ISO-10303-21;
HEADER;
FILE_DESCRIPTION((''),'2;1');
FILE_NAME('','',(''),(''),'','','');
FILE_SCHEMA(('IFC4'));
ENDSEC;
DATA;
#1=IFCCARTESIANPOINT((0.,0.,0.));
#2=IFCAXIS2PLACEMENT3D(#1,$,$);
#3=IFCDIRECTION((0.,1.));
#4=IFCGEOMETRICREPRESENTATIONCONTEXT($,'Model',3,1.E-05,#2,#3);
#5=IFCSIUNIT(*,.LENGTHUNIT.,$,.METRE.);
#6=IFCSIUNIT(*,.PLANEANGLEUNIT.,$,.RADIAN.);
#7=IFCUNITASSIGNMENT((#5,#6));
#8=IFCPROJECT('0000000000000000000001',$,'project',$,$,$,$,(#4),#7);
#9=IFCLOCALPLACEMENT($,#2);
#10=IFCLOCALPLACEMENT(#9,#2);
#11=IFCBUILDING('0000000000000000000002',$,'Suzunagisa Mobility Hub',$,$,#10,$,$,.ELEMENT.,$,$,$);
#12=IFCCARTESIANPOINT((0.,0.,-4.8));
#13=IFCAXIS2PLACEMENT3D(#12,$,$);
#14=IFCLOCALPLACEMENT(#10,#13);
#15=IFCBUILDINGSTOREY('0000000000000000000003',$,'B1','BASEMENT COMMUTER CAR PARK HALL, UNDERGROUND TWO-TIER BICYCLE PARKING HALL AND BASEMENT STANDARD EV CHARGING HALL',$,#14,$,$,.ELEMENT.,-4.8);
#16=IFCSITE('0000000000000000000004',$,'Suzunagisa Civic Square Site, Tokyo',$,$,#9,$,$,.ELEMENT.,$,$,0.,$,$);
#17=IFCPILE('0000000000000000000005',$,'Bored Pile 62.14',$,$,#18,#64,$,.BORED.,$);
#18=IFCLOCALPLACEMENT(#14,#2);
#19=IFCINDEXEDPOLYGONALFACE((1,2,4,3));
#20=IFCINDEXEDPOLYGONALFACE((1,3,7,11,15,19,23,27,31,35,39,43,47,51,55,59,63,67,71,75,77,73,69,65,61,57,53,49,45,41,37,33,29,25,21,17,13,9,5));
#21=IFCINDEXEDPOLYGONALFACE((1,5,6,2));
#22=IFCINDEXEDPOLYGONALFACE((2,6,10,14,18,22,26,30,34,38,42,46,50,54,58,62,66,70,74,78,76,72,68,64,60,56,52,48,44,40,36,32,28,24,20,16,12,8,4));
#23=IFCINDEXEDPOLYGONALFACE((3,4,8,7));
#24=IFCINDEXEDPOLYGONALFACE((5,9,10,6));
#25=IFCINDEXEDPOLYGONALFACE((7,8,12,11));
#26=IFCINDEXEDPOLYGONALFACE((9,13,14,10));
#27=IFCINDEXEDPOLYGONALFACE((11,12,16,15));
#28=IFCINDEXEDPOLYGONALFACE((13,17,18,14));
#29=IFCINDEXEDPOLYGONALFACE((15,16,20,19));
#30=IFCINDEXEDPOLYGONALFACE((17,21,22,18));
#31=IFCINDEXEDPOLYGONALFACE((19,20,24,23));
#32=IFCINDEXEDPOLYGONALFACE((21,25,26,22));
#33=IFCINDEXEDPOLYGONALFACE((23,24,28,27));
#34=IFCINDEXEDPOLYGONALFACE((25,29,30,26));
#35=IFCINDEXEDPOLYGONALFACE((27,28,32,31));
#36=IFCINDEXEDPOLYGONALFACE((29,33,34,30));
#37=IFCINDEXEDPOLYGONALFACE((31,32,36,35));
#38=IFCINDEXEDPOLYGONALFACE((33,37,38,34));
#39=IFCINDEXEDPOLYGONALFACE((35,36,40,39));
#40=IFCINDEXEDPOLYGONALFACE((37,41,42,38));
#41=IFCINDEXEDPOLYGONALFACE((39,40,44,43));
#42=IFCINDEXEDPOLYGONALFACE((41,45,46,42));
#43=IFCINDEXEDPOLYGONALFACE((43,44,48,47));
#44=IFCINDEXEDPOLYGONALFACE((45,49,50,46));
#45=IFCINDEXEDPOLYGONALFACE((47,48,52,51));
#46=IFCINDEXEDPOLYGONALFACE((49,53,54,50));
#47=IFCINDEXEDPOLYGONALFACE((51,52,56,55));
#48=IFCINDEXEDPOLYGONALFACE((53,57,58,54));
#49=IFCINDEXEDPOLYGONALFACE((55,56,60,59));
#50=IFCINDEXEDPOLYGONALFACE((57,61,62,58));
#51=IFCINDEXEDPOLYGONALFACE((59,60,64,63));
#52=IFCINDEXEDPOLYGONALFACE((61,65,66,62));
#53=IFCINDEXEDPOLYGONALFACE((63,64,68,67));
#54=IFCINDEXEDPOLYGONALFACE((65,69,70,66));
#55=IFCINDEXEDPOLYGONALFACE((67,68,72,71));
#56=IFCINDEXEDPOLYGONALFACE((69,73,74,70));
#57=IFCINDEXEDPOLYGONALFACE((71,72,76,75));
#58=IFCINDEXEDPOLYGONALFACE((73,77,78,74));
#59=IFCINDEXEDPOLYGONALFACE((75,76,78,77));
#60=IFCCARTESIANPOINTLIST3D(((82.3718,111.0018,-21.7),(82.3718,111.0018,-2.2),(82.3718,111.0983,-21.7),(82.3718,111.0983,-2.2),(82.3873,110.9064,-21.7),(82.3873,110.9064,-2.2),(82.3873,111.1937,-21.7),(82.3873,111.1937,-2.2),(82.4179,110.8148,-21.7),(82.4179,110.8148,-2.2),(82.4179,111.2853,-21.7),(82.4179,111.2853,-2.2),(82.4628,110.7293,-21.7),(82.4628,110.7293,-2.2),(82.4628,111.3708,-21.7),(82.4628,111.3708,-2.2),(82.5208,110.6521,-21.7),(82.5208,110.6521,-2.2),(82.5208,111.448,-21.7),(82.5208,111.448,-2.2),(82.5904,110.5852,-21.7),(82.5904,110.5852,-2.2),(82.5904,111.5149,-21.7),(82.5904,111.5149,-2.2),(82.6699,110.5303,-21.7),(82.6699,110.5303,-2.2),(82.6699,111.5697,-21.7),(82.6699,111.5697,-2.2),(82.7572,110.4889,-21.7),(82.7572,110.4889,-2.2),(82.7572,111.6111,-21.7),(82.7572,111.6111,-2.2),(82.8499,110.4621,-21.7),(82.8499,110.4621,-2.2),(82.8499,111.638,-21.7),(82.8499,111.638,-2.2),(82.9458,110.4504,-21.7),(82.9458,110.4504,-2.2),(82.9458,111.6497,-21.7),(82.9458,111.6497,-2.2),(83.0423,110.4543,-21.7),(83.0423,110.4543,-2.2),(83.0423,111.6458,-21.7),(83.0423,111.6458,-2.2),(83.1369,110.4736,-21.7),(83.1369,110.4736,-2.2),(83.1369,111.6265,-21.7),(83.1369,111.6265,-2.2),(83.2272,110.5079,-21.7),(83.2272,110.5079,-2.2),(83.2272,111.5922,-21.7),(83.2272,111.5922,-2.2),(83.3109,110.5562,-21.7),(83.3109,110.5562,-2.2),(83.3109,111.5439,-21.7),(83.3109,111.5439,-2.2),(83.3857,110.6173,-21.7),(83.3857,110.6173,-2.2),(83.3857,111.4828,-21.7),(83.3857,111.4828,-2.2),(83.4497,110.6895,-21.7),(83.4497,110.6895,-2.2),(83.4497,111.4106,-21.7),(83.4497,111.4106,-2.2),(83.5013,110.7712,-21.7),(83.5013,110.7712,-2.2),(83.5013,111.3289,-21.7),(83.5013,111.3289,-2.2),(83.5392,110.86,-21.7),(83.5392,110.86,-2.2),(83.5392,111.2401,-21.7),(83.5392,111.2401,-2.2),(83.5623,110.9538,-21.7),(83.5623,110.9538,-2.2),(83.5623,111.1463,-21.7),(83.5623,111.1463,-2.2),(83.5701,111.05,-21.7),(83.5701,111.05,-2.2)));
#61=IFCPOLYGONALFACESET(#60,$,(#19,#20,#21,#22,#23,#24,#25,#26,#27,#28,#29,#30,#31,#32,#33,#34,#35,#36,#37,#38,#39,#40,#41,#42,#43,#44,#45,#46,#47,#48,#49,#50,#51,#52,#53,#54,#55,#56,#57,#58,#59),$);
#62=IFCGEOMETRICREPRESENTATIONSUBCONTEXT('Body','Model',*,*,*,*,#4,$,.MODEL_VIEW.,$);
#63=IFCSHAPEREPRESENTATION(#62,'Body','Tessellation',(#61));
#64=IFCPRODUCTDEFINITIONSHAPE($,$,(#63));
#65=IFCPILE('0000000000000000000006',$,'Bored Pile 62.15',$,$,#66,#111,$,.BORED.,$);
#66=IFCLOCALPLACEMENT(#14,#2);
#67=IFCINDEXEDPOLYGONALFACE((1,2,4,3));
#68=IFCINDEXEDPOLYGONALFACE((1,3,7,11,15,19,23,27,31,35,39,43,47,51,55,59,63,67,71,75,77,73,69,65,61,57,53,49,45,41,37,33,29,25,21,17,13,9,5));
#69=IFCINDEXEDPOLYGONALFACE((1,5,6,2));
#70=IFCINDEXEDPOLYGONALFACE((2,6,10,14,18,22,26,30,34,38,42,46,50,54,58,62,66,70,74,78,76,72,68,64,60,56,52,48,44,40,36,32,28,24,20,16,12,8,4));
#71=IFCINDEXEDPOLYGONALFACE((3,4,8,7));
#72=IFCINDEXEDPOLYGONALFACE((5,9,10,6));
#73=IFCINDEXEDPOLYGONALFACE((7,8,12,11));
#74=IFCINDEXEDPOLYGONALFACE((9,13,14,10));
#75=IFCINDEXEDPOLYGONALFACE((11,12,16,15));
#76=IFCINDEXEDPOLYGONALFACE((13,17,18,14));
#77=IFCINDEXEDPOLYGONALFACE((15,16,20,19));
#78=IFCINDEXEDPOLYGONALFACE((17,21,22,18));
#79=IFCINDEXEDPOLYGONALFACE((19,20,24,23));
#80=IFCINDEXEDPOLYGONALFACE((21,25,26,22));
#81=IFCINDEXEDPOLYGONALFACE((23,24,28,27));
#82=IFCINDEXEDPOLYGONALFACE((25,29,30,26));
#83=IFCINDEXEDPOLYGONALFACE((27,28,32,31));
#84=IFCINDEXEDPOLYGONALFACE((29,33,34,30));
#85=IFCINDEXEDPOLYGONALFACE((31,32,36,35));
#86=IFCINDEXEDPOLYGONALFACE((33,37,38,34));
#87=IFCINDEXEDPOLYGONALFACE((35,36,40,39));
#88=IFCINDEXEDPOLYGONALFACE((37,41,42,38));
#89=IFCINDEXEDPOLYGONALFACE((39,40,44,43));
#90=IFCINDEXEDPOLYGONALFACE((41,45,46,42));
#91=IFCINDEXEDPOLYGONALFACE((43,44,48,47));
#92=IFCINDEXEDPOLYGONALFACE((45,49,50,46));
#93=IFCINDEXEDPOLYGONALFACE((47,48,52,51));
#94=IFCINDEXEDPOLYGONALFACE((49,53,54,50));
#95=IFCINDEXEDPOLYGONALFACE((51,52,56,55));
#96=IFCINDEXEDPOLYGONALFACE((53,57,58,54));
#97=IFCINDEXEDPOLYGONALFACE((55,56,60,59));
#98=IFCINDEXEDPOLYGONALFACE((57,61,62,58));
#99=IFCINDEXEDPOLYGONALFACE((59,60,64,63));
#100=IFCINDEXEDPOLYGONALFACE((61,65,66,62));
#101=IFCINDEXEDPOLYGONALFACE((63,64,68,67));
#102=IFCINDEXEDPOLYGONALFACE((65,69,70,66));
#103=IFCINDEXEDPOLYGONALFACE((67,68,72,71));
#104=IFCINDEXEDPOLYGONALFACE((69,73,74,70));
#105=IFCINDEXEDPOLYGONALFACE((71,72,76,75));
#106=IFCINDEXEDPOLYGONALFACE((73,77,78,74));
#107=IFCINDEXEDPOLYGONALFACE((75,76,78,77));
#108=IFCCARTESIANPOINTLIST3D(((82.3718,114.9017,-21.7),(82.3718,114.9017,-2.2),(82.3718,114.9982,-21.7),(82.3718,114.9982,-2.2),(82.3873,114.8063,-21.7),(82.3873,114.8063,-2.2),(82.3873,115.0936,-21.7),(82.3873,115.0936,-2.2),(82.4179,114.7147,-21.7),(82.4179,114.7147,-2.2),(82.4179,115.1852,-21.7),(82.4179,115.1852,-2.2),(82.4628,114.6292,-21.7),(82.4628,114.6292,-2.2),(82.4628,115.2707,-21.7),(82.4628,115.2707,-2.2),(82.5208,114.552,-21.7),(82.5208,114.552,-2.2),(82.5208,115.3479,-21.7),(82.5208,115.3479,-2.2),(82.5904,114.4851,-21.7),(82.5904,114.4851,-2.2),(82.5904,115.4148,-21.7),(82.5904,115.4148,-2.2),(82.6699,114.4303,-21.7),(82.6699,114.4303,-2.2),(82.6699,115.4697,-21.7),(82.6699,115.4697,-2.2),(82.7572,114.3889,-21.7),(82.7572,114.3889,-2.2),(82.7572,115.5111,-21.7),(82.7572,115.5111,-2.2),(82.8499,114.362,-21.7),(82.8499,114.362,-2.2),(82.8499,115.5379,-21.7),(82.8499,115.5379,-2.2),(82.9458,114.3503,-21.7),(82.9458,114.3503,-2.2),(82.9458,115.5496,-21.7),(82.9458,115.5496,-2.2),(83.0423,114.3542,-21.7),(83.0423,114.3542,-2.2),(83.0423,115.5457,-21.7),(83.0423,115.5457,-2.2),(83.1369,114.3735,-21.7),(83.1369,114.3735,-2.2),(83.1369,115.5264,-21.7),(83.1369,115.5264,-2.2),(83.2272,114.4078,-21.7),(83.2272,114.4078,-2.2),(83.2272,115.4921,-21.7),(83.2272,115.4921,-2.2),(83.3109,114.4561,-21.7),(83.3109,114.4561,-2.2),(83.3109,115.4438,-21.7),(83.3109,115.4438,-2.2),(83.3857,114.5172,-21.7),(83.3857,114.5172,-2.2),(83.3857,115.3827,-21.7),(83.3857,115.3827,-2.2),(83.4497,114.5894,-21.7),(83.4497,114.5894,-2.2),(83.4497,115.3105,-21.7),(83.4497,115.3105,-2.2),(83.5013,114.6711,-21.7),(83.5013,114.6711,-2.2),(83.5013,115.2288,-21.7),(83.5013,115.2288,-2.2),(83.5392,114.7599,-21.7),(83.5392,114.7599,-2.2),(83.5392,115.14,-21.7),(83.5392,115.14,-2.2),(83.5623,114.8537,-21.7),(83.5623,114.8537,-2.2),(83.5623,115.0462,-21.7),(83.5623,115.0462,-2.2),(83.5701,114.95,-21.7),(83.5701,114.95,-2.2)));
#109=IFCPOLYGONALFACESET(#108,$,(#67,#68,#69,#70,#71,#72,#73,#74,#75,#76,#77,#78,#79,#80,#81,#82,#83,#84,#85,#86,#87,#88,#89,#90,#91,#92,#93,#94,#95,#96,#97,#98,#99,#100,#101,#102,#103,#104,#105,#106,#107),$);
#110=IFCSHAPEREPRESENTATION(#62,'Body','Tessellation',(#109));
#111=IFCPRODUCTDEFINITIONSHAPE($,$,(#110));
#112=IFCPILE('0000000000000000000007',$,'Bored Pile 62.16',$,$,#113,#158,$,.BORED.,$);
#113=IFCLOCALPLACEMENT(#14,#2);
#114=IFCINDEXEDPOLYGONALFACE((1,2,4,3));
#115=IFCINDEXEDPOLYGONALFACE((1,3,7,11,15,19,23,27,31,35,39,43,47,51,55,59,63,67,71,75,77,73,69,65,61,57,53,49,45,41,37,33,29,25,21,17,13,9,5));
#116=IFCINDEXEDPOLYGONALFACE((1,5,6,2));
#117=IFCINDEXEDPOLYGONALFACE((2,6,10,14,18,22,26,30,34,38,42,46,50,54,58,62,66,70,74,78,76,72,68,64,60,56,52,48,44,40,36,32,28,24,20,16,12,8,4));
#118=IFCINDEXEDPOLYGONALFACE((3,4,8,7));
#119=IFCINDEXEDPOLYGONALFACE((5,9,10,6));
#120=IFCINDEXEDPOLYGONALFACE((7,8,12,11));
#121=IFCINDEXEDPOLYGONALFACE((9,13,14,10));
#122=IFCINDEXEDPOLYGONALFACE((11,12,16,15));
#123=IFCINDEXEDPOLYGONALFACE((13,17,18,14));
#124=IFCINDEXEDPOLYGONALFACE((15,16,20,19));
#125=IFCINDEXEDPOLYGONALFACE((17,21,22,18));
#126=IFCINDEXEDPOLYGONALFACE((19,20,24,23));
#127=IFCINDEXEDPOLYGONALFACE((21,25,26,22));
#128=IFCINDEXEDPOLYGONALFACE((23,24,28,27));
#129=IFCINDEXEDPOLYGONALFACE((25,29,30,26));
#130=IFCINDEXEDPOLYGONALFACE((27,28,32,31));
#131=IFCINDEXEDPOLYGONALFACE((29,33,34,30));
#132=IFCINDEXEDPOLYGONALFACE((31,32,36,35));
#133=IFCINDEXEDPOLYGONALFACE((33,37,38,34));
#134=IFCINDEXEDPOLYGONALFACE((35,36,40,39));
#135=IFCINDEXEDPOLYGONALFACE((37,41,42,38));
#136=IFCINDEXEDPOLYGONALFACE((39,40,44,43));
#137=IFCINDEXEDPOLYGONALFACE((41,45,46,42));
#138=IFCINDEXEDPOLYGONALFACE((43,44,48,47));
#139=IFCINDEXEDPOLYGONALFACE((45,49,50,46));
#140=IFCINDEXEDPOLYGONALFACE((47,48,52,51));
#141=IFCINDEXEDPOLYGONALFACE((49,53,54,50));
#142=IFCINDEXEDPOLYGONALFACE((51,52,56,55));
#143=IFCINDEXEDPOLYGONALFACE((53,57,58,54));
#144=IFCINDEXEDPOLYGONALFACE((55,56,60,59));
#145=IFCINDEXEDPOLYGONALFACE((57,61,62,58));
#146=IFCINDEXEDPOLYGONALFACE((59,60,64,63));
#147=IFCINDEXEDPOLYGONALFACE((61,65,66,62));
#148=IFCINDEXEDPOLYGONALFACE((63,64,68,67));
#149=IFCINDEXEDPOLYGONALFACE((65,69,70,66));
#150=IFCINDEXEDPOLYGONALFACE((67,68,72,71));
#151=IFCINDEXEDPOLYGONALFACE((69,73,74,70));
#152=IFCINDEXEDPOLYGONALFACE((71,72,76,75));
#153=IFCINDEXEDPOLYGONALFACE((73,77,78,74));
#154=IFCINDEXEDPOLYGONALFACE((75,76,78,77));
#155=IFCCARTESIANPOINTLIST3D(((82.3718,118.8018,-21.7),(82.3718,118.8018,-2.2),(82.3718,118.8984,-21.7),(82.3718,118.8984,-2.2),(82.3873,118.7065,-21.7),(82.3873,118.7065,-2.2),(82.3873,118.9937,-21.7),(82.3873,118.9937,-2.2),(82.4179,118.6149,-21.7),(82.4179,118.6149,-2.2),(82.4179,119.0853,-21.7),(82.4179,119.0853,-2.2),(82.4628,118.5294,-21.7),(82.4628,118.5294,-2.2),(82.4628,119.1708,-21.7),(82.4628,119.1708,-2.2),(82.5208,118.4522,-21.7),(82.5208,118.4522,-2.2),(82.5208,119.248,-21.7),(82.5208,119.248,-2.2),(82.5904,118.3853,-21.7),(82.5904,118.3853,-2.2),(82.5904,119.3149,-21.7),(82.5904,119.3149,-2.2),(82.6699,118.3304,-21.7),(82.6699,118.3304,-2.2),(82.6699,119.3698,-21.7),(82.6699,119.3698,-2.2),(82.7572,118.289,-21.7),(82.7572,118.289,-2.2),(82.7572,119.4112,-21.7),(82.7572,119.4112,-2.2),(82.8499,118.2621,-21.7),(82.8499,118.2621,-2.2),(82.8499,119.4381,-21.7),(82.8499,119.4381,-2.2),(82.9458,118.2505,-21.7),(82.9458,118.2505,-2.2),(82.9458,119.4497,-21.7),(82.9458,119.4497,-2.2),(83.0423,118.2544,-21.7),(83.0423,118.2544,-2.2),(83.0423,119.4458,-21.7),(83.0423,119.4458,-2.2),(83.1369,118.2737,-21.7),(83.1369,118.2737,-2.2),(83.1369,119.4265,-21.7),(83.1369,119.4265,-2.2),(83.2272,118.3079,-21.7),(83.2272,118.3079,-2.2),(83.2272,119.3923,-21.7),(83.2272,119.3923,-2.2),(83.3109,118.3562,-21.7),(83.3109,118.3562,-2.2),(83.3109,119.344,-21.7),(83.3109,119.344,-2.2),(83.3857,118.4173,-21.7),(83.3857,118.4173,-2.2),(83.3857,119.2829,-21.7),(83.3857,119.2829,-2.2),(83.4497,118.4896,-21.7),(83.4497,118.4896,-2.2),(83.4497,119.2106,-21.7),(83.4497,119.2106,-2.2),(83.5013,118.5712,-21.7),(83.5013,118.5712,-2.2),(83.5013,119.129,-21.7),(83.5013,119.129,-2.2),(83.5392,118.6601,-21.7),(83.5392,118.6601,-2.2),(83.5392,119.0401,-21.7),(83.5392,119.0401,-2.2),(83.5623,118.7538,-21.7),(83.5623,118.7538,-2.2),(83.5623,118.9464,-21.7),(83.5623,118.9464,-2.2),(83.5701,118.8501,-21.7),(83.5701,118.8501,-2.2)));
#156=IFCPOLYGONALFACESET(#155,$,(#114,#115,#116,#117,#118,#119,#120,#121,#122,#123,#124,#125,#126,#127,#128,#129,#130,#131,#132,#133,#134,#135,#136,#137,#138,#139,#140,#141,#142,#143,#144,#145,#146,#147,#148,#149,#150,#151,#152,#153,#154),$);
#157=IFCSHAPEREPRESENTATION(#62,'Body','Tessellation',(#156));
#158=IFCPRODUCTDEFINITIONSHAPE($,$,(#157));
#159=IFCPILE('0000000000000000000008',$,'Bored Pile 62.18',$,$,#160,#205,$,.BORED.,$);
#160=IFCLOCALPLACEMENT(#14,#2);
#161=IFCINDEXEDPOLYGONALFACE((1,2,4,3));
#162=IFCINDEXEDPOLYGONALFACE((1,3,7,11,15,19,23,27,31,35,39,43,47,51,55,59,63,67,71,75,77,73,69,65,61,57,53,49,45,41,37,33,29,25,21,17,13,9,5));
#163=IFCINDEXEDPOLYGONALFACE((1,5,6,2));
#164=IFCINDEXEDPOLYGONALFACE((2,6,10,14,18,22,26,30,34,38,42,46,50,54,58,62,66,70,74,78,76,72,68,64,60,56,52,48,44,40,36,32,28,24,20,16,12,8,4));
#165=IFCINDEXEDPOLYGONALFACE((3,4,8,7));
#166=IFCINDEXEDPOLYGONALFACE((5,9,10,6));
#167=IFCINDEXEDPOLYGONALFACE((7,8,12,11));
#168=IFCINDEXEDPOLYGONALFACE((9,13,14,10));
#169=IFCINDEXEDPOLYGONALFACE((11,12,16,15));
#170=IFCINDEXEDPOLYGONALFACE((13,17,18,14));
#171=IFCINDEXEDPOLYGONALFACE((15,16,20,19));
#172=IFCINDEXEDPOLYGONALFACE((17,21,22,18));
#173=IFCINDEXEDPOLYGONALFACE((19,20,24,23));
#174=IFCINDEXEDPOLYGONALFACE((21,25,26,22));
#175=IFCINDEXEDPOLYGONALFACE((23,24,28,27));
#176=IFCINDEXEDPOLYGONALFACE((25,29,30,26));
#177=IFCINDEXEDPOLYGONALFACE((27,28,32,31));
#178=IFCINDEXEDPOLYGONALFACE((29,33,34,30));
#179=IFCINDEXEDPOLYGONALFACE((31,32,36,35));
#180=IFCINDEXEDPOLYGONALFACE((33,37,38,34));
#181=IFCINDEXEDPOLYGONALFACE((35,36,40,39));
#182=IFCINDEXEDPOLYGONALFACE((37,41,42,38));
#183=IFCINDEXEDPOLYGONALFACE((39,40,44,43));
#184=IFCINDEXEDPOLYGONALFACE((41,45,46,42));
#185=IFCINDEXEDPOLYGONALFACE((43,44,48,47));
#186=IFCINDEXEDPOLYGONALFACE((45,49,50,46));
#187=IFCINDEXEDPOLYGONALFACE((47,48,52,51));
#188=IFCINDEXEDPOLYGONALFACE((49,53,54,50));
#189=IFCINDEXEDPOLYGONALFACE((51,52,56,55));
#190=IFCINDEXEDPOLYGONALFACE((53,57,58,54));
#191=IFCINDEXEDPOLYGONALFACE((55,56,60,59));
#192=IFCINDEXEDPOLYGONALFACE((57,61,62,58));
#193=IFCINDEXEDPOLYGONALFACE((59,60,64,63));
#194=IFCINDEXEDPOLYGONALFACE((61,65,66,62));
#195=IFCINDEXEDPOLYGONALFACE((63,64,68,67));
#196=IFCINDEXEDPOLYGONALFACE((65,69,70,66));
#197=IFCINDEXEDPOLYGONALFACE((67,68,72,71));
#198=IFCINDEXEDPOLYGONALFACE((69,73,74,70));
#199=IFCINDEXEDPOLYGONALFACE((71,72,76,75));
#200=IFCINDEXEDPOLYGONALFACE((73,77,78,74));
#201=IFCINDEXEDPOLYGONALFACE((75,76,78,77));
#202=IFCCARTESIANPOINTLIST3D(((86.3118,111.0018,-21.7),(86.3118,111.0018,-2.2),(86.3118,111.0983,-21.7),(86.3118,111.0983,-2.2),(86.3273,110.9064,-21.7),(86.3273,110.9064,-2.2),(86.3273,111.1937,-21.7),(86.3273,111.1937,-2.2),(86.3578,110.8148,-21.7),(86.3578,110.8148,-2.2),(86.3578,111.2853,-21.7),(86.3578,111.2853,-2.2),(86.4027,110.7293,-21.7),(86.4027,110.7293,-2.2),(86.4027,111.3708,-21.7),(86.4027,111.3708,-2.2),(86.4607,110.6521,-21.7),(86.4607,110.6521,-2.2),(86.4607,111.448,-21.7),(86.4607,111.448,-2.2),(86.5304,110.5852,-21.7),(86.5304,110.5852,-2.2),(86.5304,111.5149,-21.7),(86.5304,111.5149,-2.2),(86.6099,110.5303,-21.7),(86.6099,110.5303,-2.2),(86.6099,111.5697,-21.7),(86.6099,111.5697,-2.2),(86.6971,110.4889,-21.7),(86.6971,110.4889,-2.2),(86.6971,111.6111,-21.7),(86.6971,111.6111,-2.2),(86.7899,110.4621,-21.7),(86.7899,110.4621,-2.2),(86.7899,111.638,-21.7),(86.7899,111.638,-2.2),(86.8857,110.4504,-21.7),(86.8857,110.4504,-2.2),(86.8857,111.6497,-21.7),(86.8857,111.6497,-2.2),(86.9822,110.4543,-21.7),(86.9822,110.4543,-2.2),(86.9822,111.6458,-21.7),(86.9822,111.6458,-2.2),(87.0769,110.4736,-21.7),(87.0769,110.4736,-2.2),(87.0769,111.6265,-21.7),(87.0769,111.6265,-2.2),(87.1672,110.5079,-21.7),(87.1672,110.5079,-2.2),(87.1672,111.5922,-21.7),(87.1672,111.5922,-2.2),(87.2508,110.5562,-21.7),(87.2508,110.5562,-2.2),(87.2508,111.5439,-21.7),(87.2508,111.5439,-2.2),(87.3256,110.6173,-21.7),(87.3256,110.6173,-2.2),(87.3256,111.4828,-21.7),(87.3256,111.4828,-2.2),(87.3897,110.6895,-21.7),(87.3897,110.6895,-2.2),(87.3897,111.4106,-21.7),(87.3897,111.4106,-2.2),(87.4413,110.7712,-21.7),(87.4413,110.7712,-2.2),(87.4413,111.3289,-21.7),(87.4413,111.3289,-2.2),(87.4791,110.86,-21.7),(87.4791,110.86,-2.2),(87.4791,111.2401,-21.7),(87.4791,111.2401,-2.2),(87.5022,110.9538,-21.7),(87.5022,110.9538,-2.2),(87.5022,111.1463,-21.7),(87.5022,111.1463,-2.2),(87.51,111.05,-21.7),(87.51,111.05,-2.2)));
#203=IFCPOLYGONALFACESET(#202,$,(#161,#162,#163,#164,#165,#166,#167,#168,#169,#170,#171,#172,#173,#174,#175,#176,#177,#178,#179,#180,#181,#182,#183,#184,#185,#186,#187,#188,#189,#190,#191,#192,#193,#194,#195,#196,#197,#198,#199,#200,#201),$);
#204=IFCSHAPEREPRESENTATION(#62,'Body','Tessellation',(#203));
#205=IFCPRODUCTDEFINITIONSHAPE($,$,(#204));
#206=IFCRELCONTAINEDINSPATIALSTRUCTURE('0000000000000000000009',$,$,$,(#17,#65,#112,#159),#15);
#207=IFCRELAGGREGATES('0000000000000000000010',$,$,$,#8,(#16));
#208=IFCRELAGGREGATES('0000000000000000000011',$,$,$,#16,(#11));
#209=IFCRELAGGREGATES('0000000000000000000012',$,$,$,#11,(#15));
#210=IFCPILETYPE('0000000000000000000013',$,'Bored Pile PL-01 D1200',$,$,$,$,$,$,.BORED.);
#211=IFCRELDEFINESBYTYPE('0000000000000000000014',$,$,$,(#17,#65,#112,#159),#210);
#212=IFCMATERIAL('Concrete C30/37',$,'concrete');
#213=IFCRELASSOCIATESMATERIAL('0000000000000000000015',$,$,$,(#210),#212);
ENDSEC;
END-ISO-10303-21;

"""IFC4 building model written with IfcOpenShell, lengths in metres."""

from ifc_helpers import new_model, si_unit, direction, frame, origin, origin_2d, place, context, subcontext, project, spatial, circle, extrude, material, material_profile, profile_set, type_object, element, save


model = new_model("IFC4")

# Units and contexts
model_context = context("Model", 3, precision=1e-05, world=origin(), true_north=direction((0.0, 1.0)))
body_context = subcontext(model_context, "Body", "Model", "MODEL_VIEW")
ifc_project = project(units=[si_unit("LENGTHUNIT", "METRE"), si_unit("PLANEANGLEUNIT", "RADIAN")], contexts=[model_context])

# Site, building, storey
site_placement = place(None, origin())
site = spatial("IfcSite", under=ifc_project, at=site_placement, Name="Suzunagisa Civic Square Site, Tokyo", CompositionType="ELEMENT", RefElevation=0.0)
building_placement = place(site_placement, origin())
building = spatial("IfcBuilding", under=site, at=building_placement, Name="Suzunagisa Mobility Hub", CompositionType="ELEMENT")
storey_placement = place(building_placement, frame((0.0, 0.0, -4.8)))
storey = spatial("IfcBuildingStorey", under=building, at=storey_placement, Name="B1", Description="BASEMENT COMMUTER CAR PARK HALL, UNDERGROUND TWO-TIER BICYCLE PARKING HALL AND BASEMENT STANDARD EV CHARGING HALL", CompositionType="ELEMENT", Elevation=-4.8)

# Piles
ifc_material_1 = material(Name="Concrete C30/37", Category="concrete")
ifc_material_profile_1 = material_profile(ifc_material_1, circle(Radius=0.6001, at=origin_2d()), Name="BORED PILE D1200")
ifc_profile_set_1 = profile_set([ifc_material_profile_1], Name="Concrete C30/37")
pile_type = type_object("IfcPileType", Name="Bored Pile PL-01 D1200", PredefinedType="BORED", material=ifc_profile_set_1)
for number, where, z_axis, x_axis, name in (
    (1, (82.97, 111.05, -2.2), (0.0, 0.0, -1.0), (1.0, 0.0, 0.0), "Bored Pile 62.14"),
    (2, (82.97, 114.95, -2.2), (0.0, 0.0, -1.0), (1.0, 0.0, 0.0), "Bored Pile 62.15"),
    (3, (82.97, 118.8501, -2.2), (0.0, 0.0, -1.0), (1.0, 0.0, 0.0), "Bored Pile 62.16"),
    (4, (86.9099, 111.05, -2.2), (0.0, 0.0, -1.0), (1.0, 0.0, 0.0), "Bored Pile 62.18"),
):
    element("IfcPile", number, at=place(storey_placement, frame(where, z_axis=z_axis, x_axis=x_axis)), inside=storey, type_object=pile_type, Name=name, PredefinedType="BORED", context=body_context, shape_type="SweptSolid", body=[
        extrude(circle(Radius=0.6001, at=origin_2d()), origin(), (0.0, 0.0, 1.0), 19.5),
    ])

save(model, "model.ifc")
